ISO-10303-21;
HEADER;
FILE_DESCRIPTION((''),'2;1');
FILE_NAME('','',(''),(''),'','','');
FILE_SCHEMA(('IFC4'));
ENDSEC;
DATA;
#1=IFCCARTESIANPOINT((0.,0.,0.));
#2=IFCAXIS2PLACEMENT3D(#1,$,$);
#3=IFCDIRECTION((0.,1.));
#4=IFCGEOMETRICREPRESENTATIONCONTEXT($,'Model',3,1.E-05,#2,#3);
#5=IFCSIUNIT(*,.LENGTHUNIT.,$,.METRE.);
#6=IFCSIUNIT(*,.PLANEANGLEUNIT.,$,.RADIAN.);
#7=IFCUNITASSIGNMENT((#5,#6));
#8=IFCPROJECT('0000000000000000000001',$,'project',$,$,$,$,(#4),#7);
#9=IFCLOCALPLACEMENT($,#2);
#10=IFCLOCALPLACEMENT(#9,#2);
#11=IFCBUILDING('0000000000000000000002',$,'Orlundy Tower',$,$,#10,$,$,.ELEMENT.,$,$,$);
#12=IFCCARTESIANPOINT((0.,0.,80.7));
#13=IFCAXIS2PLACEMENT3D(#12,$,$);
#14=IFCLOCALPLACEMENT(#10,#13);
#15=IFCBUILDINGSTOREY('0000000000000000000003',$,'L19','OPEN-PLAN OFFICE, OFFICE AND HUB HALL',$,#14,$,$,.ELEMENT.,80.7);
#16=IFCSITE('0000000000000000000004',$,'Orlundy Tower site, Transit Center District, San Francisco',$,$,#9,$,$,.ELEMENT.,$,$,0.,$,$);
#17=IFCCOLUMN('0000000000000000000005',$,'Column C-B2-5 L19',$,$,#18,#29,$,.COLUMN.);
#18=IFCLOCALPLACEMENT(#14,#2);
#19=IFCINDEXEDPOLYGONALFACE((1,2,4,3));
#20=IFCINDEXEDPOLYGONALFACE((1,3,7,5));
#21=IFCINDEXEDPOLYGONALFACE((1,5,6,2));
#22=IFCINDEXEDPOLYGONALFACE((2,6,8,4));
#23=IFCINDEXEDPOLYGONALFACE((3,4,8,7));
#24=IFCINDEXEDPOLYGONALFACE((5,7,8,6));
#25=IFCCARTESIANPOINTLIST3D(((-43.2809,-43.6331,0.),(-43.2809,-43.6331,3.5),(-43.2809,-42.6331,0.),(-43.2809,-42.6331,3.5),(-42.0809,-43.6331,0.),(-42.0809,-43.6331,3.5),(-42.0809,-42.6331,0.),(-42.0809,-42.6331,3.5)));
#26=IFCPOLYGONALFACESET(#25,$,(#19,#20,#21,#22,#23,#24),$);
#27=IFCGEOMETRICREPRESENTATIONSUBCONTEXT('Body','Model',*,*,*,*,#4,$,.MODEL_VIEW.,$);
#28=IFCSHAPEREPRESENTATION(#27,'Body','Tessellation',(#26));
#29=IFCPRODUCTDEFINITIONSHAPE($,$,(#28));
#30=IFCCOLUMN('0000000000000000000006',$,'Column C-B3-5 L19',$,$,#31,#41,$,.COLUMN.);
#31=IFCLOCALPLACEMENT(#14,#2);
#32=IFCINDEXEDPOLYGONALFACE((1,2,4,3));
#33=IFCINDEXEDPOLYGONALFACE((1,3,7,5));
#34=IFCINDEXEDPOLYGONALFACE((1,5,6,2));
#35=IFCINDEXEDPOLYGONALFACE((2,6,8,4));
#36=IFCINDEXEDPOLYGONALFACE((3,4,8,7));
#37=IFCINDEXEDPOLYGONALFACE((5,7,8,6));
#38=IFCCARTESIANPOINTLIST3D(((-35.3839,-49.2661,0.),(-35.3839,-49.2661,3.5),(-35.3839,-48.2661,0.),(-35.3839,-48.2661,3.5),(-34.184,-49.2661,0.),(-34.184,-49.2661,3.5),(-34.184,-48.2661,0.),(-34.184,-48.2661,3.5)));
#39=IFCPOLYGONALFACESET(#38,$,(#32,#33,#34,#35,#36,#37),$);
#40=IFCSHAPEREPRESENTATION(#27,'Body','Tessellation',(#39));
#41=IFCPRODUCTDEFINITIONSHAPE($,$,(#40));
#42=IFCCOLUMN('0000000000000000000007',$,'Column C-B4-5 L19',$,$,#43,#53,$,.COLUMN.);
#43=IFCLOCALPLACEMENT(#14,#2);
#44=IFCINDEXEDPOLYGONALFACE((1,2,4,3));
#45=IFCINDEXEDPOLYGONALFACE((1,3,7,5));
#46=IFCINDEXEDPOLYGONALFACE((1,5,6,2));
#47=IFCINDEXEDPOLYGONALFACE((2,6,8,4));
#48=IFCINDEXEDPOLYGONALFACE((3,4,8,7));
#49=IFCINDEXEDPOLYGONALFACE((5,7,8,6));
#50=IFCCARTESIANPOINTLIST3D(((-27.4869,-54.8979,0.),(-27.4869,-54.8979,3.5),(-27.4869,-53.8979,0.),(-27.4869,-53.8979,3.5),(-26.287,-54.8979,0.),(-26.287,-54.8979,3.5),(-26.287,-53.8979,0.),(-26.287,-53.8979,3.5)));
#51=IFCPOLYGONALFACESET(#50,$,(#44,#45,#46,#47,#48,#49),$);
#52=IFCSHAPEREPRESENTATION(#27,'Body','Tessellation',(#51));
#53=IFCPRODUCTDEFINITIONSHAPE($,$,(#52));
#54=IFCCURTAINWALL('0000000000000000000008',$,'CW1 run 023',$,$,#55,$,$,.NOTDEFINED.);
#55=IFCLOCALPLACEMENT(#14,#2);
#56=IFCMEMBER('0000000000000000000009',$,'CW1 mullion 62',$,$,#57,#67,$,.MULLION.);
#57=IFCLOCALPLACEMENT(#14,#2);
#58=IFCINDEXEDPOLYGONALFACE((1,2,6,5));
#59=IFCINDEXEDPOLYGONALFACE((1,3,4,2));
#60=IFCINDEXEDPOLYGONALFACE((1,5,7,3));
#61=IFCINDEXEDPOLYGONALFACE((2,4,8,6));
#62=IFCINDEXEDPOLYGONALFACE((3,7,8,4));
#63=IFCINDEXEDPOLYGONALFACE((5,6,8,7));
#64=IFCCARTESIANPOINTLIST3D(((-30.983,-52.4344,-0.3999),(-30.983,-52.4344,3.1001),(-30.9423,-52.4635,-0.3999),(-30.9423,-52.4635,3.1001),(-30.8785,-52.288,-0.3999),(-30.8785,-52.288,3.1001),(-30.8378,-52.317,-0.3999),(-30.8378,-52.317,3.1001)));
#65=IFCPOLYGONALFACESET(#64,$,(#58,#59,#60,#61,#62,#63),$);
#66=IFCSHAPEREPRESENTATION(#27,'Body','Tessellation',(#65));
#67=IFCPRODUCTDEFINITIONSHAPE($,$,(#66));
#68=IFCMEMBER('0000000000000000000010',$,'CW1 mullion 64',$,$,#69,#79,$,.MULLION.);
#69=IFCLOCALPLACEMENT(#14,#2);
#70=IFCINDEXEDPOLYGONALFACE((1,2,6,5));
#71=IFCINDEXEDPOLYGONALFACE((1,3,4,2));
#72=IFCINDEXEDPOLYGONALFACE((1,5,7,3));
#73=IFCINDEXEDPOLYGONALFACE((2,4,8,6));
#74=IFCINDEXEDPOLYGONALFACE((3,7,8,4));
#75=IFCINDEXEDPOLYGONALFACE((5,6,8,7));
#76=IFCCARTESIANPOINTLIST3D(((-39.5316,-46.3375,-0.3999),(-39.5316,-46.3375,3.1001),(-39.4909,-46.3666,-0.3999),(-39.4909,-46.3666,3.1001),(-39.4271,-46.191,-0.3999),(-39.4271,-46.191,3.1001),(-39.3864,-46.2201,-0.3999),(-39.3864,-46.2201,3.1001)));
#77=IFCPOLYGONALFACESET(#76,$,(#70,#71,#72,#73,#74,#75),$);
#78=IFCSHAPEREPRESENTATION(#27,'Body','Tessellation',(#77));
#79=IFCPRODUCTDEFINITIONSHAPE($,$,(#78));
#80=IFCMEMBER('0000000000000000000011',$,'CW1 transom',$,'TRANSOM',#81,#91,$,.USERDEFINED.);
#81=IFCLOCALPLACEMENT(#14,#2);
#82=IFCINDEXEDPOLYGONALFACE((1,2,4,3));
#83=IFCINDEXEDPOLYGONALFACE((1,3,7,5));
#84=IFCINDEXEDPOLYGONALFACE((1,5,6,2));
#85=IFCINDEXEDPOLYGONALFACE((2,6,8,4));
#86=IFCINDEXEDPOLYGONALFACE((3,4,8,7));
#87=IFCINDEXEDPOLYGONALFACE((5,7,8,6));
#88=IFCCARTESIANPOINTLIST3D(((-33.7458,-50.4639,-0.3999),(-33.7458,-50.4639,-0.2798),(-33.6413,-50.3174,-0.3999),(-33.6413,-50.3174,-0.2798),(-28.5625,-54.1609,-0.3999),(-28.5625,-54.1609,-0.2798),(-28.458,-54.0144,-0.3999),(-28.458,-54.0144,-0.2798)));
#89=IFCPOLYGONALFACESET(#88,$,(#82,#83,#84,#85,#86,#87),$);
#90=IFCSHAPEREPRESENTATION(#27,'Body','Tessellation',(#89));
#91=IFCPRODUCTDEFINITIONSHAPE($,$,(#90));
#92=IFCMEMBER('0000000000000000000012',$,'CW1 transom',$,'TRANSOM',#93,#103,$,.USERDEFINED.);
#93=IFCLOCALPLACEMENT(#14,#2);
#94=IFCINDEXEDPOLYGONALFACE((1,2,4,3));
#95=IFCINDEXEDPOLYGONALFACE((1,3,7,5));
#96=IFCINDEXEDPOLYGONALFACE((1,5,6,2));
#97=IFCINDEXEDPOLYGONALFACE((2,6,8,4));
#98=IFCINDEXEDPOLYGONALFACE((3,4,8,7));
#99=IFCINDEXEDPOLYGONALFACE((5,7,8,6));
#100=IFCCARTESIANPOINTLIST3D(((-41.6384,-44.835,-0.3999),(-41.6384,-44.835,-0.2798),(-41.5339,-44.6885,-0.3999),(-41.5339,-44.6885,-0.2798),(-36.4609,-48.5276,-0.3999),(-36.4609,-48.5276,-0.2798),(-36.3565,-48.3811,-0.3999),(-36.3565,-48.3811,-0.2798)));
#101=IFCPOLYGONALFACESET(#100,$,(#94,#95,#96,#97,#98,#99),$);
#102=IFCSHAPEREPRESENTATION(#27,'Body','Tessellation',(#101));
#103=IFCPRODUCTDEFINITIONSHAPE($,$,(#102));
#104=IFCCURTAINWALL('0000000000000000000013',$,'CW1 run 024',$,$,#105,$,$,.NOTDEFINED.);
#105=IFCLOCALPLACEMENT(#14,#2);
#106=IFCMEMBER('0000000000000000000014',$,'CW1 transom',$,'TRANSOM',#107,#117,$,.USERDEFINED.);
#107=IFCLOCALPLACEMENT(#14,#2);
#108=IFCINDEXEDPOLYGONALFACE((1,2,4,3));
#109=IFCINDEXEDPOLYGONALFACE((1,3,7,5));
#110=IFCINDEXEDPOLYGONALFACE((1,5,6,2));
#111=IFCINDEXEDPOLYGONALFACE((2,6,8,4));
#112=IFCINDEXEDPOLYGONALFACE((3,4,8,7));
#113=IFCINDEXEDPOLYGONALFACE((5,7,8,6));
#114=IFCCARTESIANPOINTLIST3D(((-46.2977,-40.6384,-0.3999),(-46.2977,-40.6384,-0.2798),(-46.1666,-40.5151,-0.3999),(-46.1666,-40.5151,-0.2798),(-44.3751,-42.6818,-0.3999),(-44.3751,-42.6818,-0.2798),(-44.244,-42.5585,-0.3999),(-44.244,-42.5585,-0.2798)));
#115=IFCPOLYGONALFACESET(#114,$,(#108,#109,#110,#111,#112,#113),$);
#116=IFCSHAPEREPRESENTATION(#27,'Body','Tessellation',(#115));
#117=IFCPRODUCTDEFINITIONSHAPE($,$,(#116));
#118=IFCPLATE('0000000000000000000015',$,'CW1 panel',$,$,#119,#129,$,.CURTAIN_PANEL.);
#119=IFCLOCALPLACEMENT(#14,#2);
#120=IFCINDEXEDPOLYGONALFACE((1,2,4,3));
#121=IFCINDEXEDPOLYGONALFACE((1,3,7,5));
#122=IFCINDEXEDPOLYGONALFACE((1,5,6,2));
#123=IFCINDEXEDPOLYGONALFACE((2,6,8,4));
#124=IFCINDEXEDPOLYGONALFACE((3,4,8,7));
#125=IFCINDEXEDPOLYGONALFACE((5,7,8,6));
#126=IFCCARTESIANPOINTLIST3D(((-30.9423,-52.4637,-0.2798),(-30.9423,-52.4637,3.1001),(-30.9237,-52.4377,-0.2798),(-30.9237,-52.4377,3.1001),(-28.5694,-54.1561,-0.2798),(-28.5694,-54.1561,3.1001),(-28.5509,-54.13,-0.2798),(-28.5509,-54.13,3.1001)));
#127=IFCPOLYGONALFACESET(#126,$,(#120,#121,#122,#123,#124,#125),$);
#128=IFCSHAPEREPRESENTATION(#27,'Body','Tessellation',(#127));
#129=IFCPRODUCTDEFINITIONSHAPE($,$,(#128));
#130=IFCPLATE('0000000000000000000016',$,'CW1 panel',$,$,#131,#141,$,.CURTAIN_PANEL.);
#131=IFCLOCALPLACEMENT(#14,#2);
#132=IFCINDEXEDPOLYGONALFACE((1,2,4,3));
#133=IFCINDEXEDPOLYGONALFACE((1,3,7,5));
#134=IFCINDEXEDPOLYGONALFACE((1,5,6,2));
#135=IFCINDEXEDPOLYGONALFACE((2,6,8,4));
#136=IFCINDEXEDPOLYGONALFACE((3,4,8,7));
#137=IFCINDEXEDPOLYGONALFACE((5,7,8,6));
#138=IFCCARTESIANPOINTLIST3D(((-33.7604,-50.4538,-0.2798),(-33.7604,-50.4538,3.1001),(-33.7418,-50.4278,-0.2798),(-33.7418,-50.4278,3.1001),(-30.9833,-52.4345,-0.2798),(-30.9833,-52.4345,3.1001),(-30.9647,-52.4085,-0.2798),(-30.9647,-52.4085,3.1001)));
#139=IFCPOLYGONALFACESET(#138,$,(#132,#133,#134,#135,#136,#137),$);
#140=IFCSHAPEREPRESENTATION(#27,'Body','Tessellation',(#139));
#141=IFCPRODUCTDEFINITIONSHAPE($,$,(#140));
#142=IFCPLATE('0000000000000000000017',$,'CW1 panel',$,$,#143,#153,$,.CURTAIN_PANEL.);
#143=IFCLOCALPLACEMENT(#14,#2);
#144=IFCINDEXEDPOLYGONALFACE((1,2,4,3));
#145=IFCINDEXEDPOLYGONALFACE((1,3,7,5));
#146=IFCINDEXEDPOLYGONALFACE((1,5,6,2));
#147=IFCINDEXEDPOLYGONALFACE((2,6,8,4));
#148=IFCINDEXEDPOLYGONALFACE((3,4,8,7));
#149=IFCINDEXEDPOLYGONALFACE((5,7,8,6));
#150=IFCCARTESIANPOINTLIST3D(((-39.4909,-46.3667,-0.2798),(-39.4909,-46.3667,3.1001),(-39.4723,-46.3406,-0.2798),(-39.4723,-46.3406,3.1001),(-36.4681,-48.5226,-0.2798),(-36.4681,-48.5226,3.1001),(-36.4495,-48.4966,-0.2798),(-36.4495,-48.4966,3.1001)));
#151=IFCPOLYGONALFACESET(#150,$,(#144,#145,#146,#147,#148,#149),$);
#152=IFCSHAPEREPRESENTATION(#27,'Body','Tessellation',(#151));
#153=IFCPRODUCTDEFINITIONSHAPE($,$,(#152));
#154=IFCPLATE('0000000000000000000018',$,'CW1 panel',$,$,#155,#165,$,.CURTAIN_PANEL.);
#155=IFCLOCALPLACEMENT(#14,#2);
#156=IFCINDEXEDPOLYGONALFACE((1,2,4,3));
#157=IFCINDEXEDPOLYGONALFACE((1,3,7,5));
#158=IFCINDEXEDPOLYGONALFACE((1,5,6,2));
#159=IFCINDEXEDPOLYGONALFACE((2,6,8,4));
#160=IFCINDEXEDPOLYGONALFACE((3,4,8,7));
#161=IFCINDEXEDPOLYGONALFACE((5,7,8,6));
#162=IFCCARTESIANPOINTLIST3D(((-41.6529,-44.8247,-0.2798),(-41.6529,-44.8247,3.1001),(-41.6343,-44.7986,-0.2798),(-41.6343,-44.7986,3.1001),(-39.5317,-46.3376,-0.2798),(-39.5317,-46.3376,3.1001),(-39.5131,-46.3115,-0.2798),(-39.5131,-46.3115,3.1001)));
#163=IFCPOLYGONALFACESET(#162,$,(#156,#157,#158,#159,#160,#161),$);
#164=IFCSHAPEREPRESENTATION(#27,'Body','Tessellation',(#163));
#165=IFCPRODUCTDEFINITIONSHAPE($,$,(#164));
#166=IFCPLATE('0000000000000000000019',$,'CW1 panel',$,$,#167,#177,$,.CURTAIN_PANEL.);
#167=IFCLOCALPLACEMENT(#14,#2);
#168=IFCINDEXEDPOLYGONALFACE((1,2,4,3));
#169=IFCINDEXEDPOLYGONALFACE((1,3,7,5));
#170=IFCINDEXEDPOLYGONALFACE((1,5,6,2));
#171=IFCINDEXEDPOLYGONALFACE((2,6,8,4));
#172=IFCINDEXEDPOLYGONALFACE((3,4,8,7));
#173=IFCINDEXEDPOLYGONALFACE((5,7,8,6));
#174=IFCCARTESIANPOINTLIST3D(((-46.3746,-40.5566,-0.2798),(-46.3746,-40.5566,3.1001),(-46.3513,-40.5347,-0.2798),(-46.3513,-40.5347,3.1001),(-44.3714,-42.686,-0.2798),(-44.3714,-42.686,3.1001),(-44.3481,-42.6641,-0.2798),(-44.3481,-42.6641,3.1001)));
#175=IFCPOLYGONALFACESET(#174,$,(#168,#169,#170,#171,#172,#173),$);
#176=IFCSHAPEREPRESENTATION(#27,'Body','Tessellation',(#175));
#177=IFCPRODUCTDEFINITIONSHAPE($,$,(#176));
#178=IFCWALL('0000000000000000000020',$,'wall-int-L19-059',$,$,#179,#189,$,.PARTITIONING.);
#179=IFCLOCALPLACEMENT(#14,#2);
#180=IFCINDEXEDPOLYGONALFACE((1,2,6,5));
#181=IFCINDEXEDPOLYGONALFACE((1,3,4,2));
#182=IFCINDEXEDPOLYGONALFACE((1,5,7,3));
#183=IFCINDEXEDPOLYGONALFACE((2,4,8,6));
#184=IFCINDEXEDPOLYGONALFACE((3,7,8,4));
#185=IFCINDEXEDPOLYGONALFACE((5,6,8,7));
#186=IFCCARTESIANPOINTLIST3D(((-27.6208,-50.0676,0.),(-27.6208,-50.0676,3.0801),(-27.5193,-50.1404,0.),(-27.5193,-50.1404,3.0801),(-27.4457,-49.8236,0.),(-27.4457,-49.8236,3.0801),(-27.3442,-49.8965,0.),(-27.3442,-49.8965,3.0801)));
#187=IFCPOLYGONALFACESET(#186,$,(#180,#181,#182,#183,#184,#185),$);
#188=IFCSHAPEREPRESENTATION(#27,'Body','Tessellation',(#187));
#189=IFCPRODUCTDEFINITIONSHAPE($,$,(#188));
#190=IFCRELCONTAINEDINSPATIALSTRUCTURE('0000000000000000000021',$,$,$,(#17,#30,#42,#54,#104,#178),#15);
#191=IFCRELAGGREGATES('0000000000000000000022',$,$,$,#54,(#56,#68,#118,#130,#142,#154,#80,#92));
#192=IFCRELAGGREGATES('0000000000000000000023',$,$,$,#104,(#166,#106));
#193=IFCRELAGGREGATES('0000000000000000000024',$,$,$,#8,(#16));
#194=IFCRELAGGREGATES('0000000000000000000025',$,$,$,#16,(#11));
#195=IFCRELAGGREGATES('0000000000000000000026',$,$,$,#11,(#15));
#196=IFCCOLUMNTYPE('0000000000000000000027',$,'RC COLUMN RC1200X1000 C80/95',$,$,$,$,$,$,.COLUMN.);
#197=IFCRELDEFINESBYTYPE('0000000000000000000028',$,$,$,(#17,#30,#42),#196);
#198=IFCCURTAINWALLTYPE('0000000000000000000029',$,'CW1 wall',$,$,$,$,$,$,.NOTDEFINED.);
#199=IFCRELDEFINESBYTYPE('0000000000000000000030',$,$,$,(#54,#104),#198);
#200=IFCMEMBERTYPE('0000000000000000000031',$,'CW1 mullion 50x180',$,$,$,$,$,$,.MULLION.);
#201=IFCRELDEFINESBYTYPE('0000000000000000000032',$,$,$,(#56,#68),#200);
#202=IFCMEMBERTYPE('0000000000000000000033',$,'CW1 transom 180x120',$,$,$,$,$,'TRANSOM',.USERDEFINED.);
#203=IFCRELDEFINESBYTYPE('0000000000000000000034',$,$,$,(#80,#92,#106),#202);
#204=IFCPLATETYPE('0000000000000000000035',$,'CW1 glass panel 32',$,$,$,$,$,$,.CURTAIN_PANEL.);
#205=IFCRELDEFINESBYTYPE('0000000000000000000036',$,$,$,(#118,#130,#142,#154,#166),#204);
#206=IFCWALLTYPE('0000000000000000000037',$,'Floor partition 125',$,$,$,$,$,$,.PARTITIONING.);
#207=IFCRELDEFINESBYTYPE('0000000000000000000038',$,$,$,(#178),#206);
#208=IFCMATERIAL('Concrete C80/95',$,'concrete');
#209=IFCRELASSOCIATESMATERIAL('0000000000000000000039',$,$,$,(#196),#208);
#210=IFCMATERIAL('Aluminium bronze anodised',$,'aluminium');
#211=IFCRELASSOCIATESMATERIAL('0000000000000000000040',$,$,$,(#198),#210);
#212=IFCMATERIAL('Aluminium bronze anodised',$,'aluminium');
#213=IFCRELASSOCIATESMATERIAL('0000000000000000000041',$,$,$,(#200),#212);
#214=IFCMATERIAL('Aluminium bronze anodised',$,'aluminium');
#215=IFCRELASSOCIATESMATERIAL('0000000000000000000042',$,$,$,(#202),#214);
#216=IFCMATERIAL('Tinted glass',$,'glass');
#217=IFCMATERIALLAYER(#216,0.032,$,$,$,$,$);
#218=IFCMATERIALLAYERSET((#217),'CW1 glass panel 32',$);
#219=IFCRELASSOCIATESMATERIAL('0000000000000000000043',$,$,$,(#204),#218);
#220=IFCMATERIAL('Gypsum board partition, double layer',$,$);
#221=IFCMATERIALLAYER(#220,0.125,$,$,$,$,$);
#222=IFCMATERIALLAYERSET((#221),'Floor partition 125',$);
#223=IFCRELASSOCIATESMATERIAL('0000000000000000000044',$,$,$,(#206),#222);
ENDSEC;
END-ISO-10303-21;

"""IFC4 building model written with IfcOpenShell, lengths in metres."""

from ifc_helpers import new_model, si_unit, direction, frame, frame_2d, origin, origin_2d, place, context, subcontext, project, spatial, rectangle, extrude, material, layer, layer_set, material_profile, profile_set, type_object, element, aggregate, save


model = new_model("IFC4")

# Units and contexts
model_context = context("Model", 3, precision=1e-05, world=origin(), true_north=direction((0.0, 1.0)))
body_context = subcontext(model_context, "Body", "Model", "MODEL_VIEW")
ifc_project = project(units=[si_unit("LENGTHUNIT", "METRE"), si_unit("PLANEANGLEUNIT", "RADIAN")], contexts=[model_context])

# Site, building, storey
site_placement = place(None, origin())
site = spatial("IfcSite", under=ifc_project, at=site_placement, Name="Orlundy Tower site, Transit Center District, San Francisco", CompositionType="ELEMENT", RefElevation=0.0)
building_placement = place(site_placement, origin())
building = spatial("IfcBuilding", under=site, at=building_placement, Name="Orlundy Tower", CompositionType="ELEMENT")
storey_placement = place(building_placement, frame((0.0, 0.0, 80.7)))
storey = spatial("IfcBuildingStorey", under=building, at=storey_placement, Name="L19", Description="OPEN-PLAN OFFICE, OFFICE AND HUB HALL", CompositionType="ELEMENT", Elevation=80.7)

# Columns
ifc_material_1 = material(Name="Concrete C80/95", Category="concrete")
ifc_material_profile_1 = material_profile(ifc_material_1, rectangle(XDim=1.2, YDim=1.0, at=origin_2d()), Name="RC1200X1000")
ifc_profile_set_1 = profile_set([ifc_material_profile_1], Name="Concrete C80/95")
column_type = type_object("IfcColumnType", Name="RC COLUMN RC1200X1000 C80/95", PredefinedType="COLUMN", material=ifc_profile_set_1)
for number, where, z_axis, x_axis, name in (
    (1, (-42.6809, -43.1331, 0.0), (0.0, 0.0, 1.0), (1.0, 0.0, 0.0), "Column C-B2-5 L19"),
    (2, (-34.7839, -48.7661, 0.0), (0.0, 0.0, 1.0), (1.0, 0.0, 0.0), "Column C-B3-5 L19"),
    (3, (-26.887, -54.3979, 0.0), (0.0, 0.0, 1.0), (1.0, 0.0, 0.0), "Column C-B4-5 L19"),
):
    element("IfcColumn", number, at=place(storey_placement, frame(where, z_axis=z_axis, x_axis=x_axis)), inside=storey, type_object=column_type, Name=name, PredefinedType="COLUMN", context=body_context, shape_type="SweptSolid", body=[
        extrude(rectangle(XDim=1.2, YDim=1.0, at=origin_2d()), origin(), (0.0, 0.0, 1.0), 3.5),
    ])

# Curtain wall, members
ifc_material_2 = material(Name="Aluminium bronze anodised", Category="aluminium")
curtain_wall_type = type_object("IfcCurtainWallType", Name="CW1 wall", PredefinedType="NOTDEFINED", material=ifc_material_2)
curtain_wall_1_placement = place(storey_placement, origin())
curtain_wall_1 = element("IfcCurtainWall", 4, at=curtain_wall_1_placement, inside=storey, type_object=curtain_wall_type, Name="CW1 run 023", PredefinedType="NOTDEFINED")
ifc_material_3 = material(Name="Aluminium bronze anodised", Category="aluminium")
ifc_material_profile_2 = material_profile(ifc_material_3, rectangle(XDim=0.1799, YDim=0.05, at=origin_2d()), Name="CW1 mullion 50x180")
ifc_profile_set_2 = profile_set([ifc_material_profile_2], Name="Aluminium bronze anodised")
member_type_1 = type_object("IfcMemberType", Name="CW1 mullion 50x180", PredefinedType="MULLION", material=ifc_profile_set_2)
member_1_placement = place(storey_placement, frame((-30.9104, -52.3757, -0.3999), z_axis=(0.0, 0.0, 1.0), x_axis=(-0.580666, -0.814142, 0.0)))
member_1 = element("IfcMember", 5, at=member_1_placement, type_object=member_type_1, Name="CW1 mullion 62", PredefinedType="MULLION", context=body_context, shape_type="SweptSolid", body=[
    extrude(rectangle(XDim=0.1799, YDim=0.05, at=origin_2d()), origin(), (0.0, 0.0, 1.0), 3.5),
])
member_2_placement = place(storey_placement, frame((-39.459, -46.2788, -0.3999), z_axis=(0.0, 0.0, 1.0), x_axis=(-0.580666, -0.814142, 0.0)))
member_2 = element("IfcMember", 6, at=member_2_placement, type_object=member_type_1, Name="CW1 mullion 64", PredefinedType="MULLION", context=body_context, shape_type="SweptSolid", body=[
    extrude(rectangle(XDim=0.1799, YDim=0.05, at=origin_2d()), origin(), (0.0, 0.0, 1.0), 3.5),
])
ifc_material_4 = material(Name="Aluminium bronze anodised", Category="aluminium")
ifc_material_profile_3 = material_profile(ifc_material_4, rectangle(XDim=0.1799, YDim=0.1201, at=origin_2d()), Name="CW1 transom 180x120")
ifc_profile_set_3 = profile_set([ifc_material_profile_3], Name="Aluminium bronze anodised")
member_type_2 = type_object("IfcMemberType", Name="CW1 transom 180x120", ElementType="TRANSOM", PredefinedType="USERDEFINED", material=ifc_profile_set_3)
member_3_placement = place(storey_placement, frame((-28.5103, -54.0876, -0.3398), z_axis=(-0.814132, 0.580679, 0.0), x_axis=(-0.580679, -0.814132, 0.0)))
member_3 = element("IfcMember", 7, at=member_3_placement, type_object=member_type_2, Name="CW1 transom", ObjectType="TRANSOM", PredefinedType="USERDEFINED", context=body_context, shape_type="SweptSolid", body=[
    extrude(rectangle(XDim=0.1799, YDim=0.1201, at=origin_2d()), origin(), (0.0, 0.0, 1.0), 6.3667),
])
member_4_placement = place(storey_placement, frame((-36.4087, -48.4543, -0.3398), z_axis=(-0.814148, 0.580657, 0.0), x_axis=(-0.580657, -0.814148, 0.0)))
member_4 = element("IfcMember", 8, at=member_4_placement, type_object=member_type_2, Name="CW1 transom", ObjectType="TRANSOM", PredefinedType="USERDEFINED", context=body_context, shape_type="SweptSolid", body=[
    extrude(rectangle(XDim=0.1799, YDim=0.1201, at=origin_2d()), origin(), (0.0, 0.0, 1.0), 6.3594),
])

# Curtain wall, member
curtain_wall_2_placement = place(storey_placement, origin())
curtain_wall_2 = element("IfcCurtainWall", 9, at=curtain_wall_2_placement, inside=storey, type_object=curtain_wall_type, Name="CW1 run 024", PredefinedType="NOTDEFINED")
member_5_placement = place(storey_placement, frame((-44.3096, -42.6201, -0.3398), z_axis=(-0.685243, 0.728315, 0.0), x_axis=(-0.728315, -0.685243, 0.0)))
member_5 = element("IfcMember", 10, at=member_5_placement, type_object=member_type_2, Name="CW1 transom", ObjectType="TRANSOM", PredefinedType="USERDEFINED", context=body_context, shape_type="SweptSolid", body=[
    extrude(rectangle(XDim=0.1799, YDim=0.1201, at=origin_2d()), origin(), (0.0, 0.0, 1.0), 2.8057),
])

# Plates
ifc_material_5 = material(Name="Tinted glass", Category="glass")
ifc_layer_1 = layer(ifc_material_5, 0.032)
ifc_layer_set_1 = layer_set([ifc_layer_1], Name="CW1 glass panel 32")
plate_type = type_object("IfcPlateType", Name="CW1 glass panel 32", PredefinedType="CURTAIN_PANEL", material=ifc_layer_set_1)
plate_1_placement = place(storey_placement, frame((-29.7466, -53.2969, -0.2798), z_axis=(0.0, 0.0, 1.0), x_axis=(-0.814142, 0.580666, 0.0)))
plate_1 = element("IfcPlate", 11, at=plate_1_placement, type_object=plate_type, Name="CW1 panel", PredefinedType="CURTAIN_PANEL", context=body_context, shape_type="SweptSolid", body=[
    extrude(rectangle(XDim=2.9146, YDim=0.032, at=origin_2d()), origin(), (0.0, 0.0, 1.0), 3.3799),
])
plate_2_placement = place(storey_placement, frame((-32.3625, -51.4312, -0.2798), z_axis=(0.0, 0.0, 1.0), x_axis=(-0.814142, 0.580666, 0.0)))
plate_2 = element("IfcPlate", 12, at=plate_2_placement, type_object=plate_type, Name="CW1 panel", PredefinedType="CURTAIN_PANEL", context=body_context, shape_type="SweptSolid", body=[
    extrude(rectangle(XDim=3.4111, YDim=0.032, at=origin_2d()), origin(), (0.0, 0.0, 1.0), 3.3799),
])
plate_3_placement = place(storey_placement, frame((-37.9702, -47.4316, -0.2798), z_axis=(0.0, 0.0, 1.0), x_axis=(-0.814142, 0.580666, 0.0)))
plate_3 = element("IfcPlate", 13, at=plate_3_placement, type_object=plate_type, Name="CW1 panel", PredefinedType="CURTAIN_PANEL", context=body_context, shape_type="SweptSolid", body=[
    extrude(rectangle(XDim=3.7129, YDim=0.032, at=origin_2d()), origin(), (0.0, 0.0, 1.0), 3.3799),
])
plate_4_placement = place(storey_placement, frame((-40.583, -45.5681, -0.2798), z_axis=(0.0, 0.0, 1.0), x_axis=(-0.814142, 0.580666, 0.0)))
plate_4 = element("IfcPlate", 14, at=plate_4_placement, type_object=plate_type, Name="CW1 panel", PredefinedType="CURTAIN_PANEL", context=body_context, shape_type="SweptSolid", body=[
    extrude(rectangle(XDim=2.6055, YDim=0.032, at=origin_2d()), origin(), (0.0, 0.0, 1.0), 3.3799),
])
aggregate(curtain_wall_1, [member_1, member_2, plate_1, plate_2, plate_3, plate_4, member_3, member_4])
plate_5_placement = place(storey_placement, frame((-45.3613, -41.6104, -0.2798), z_axis=(0.0, 0.0, 1.0), x_axis=(-0.685196, 0.728358, 0.0)))
plate_5 = element("IfcPlate", 15, at=plate_5_placement, type_object=plate_type, Name="CW1 panel", PredefinedType="CURTAIN_PANEL", context=body_context, shape_type="SweptSolid", body=[
    extrude(rectangle(XDim=2.9236, YDim=0.032, at=origin_2d()), origin(), (0.0, 0.0, 1.0), 3.3799),
])
aggregate(curtain_wall_2, [plate_5, member_5])

# Wall
ifc_material_6 = material(Name="Gypsum board partition, double layer")
ifc_layer_2 = layer(ifc_material_6, 0.125)
ifc_layer_set_2 = layer_set([ifc_layer_2], Name="Floor partition 125")
wall_type_1 = type_object("IfcWallType", Name="Floor partition 125", PredefinedType="PARTITIONING", material=ifc_layer_set_2)
wall_1_placement = place(storey_placement, frame((-27.5701, -50.104, 0.0), z_axis=(0.0, 0.0, 1.0), x_axis=(0.583083, 0.812413, 0.0)))
element("IfcWall", 16, at=wall_1_placement, inside=storey, type_object=wall_type_1, Name="wall-int-L19-059", PredefinedType="PARTITIONING", context=body_context, shape_type="SweptSolid", body=[
    extrude(rectangle(XDim=0.3003, YDim=0.125, at=frame_2d((0.1501, 0.0))), origin(), (0.0, 0.0, 1.0), 3.0801),
])

save(model, "model.ifc")
